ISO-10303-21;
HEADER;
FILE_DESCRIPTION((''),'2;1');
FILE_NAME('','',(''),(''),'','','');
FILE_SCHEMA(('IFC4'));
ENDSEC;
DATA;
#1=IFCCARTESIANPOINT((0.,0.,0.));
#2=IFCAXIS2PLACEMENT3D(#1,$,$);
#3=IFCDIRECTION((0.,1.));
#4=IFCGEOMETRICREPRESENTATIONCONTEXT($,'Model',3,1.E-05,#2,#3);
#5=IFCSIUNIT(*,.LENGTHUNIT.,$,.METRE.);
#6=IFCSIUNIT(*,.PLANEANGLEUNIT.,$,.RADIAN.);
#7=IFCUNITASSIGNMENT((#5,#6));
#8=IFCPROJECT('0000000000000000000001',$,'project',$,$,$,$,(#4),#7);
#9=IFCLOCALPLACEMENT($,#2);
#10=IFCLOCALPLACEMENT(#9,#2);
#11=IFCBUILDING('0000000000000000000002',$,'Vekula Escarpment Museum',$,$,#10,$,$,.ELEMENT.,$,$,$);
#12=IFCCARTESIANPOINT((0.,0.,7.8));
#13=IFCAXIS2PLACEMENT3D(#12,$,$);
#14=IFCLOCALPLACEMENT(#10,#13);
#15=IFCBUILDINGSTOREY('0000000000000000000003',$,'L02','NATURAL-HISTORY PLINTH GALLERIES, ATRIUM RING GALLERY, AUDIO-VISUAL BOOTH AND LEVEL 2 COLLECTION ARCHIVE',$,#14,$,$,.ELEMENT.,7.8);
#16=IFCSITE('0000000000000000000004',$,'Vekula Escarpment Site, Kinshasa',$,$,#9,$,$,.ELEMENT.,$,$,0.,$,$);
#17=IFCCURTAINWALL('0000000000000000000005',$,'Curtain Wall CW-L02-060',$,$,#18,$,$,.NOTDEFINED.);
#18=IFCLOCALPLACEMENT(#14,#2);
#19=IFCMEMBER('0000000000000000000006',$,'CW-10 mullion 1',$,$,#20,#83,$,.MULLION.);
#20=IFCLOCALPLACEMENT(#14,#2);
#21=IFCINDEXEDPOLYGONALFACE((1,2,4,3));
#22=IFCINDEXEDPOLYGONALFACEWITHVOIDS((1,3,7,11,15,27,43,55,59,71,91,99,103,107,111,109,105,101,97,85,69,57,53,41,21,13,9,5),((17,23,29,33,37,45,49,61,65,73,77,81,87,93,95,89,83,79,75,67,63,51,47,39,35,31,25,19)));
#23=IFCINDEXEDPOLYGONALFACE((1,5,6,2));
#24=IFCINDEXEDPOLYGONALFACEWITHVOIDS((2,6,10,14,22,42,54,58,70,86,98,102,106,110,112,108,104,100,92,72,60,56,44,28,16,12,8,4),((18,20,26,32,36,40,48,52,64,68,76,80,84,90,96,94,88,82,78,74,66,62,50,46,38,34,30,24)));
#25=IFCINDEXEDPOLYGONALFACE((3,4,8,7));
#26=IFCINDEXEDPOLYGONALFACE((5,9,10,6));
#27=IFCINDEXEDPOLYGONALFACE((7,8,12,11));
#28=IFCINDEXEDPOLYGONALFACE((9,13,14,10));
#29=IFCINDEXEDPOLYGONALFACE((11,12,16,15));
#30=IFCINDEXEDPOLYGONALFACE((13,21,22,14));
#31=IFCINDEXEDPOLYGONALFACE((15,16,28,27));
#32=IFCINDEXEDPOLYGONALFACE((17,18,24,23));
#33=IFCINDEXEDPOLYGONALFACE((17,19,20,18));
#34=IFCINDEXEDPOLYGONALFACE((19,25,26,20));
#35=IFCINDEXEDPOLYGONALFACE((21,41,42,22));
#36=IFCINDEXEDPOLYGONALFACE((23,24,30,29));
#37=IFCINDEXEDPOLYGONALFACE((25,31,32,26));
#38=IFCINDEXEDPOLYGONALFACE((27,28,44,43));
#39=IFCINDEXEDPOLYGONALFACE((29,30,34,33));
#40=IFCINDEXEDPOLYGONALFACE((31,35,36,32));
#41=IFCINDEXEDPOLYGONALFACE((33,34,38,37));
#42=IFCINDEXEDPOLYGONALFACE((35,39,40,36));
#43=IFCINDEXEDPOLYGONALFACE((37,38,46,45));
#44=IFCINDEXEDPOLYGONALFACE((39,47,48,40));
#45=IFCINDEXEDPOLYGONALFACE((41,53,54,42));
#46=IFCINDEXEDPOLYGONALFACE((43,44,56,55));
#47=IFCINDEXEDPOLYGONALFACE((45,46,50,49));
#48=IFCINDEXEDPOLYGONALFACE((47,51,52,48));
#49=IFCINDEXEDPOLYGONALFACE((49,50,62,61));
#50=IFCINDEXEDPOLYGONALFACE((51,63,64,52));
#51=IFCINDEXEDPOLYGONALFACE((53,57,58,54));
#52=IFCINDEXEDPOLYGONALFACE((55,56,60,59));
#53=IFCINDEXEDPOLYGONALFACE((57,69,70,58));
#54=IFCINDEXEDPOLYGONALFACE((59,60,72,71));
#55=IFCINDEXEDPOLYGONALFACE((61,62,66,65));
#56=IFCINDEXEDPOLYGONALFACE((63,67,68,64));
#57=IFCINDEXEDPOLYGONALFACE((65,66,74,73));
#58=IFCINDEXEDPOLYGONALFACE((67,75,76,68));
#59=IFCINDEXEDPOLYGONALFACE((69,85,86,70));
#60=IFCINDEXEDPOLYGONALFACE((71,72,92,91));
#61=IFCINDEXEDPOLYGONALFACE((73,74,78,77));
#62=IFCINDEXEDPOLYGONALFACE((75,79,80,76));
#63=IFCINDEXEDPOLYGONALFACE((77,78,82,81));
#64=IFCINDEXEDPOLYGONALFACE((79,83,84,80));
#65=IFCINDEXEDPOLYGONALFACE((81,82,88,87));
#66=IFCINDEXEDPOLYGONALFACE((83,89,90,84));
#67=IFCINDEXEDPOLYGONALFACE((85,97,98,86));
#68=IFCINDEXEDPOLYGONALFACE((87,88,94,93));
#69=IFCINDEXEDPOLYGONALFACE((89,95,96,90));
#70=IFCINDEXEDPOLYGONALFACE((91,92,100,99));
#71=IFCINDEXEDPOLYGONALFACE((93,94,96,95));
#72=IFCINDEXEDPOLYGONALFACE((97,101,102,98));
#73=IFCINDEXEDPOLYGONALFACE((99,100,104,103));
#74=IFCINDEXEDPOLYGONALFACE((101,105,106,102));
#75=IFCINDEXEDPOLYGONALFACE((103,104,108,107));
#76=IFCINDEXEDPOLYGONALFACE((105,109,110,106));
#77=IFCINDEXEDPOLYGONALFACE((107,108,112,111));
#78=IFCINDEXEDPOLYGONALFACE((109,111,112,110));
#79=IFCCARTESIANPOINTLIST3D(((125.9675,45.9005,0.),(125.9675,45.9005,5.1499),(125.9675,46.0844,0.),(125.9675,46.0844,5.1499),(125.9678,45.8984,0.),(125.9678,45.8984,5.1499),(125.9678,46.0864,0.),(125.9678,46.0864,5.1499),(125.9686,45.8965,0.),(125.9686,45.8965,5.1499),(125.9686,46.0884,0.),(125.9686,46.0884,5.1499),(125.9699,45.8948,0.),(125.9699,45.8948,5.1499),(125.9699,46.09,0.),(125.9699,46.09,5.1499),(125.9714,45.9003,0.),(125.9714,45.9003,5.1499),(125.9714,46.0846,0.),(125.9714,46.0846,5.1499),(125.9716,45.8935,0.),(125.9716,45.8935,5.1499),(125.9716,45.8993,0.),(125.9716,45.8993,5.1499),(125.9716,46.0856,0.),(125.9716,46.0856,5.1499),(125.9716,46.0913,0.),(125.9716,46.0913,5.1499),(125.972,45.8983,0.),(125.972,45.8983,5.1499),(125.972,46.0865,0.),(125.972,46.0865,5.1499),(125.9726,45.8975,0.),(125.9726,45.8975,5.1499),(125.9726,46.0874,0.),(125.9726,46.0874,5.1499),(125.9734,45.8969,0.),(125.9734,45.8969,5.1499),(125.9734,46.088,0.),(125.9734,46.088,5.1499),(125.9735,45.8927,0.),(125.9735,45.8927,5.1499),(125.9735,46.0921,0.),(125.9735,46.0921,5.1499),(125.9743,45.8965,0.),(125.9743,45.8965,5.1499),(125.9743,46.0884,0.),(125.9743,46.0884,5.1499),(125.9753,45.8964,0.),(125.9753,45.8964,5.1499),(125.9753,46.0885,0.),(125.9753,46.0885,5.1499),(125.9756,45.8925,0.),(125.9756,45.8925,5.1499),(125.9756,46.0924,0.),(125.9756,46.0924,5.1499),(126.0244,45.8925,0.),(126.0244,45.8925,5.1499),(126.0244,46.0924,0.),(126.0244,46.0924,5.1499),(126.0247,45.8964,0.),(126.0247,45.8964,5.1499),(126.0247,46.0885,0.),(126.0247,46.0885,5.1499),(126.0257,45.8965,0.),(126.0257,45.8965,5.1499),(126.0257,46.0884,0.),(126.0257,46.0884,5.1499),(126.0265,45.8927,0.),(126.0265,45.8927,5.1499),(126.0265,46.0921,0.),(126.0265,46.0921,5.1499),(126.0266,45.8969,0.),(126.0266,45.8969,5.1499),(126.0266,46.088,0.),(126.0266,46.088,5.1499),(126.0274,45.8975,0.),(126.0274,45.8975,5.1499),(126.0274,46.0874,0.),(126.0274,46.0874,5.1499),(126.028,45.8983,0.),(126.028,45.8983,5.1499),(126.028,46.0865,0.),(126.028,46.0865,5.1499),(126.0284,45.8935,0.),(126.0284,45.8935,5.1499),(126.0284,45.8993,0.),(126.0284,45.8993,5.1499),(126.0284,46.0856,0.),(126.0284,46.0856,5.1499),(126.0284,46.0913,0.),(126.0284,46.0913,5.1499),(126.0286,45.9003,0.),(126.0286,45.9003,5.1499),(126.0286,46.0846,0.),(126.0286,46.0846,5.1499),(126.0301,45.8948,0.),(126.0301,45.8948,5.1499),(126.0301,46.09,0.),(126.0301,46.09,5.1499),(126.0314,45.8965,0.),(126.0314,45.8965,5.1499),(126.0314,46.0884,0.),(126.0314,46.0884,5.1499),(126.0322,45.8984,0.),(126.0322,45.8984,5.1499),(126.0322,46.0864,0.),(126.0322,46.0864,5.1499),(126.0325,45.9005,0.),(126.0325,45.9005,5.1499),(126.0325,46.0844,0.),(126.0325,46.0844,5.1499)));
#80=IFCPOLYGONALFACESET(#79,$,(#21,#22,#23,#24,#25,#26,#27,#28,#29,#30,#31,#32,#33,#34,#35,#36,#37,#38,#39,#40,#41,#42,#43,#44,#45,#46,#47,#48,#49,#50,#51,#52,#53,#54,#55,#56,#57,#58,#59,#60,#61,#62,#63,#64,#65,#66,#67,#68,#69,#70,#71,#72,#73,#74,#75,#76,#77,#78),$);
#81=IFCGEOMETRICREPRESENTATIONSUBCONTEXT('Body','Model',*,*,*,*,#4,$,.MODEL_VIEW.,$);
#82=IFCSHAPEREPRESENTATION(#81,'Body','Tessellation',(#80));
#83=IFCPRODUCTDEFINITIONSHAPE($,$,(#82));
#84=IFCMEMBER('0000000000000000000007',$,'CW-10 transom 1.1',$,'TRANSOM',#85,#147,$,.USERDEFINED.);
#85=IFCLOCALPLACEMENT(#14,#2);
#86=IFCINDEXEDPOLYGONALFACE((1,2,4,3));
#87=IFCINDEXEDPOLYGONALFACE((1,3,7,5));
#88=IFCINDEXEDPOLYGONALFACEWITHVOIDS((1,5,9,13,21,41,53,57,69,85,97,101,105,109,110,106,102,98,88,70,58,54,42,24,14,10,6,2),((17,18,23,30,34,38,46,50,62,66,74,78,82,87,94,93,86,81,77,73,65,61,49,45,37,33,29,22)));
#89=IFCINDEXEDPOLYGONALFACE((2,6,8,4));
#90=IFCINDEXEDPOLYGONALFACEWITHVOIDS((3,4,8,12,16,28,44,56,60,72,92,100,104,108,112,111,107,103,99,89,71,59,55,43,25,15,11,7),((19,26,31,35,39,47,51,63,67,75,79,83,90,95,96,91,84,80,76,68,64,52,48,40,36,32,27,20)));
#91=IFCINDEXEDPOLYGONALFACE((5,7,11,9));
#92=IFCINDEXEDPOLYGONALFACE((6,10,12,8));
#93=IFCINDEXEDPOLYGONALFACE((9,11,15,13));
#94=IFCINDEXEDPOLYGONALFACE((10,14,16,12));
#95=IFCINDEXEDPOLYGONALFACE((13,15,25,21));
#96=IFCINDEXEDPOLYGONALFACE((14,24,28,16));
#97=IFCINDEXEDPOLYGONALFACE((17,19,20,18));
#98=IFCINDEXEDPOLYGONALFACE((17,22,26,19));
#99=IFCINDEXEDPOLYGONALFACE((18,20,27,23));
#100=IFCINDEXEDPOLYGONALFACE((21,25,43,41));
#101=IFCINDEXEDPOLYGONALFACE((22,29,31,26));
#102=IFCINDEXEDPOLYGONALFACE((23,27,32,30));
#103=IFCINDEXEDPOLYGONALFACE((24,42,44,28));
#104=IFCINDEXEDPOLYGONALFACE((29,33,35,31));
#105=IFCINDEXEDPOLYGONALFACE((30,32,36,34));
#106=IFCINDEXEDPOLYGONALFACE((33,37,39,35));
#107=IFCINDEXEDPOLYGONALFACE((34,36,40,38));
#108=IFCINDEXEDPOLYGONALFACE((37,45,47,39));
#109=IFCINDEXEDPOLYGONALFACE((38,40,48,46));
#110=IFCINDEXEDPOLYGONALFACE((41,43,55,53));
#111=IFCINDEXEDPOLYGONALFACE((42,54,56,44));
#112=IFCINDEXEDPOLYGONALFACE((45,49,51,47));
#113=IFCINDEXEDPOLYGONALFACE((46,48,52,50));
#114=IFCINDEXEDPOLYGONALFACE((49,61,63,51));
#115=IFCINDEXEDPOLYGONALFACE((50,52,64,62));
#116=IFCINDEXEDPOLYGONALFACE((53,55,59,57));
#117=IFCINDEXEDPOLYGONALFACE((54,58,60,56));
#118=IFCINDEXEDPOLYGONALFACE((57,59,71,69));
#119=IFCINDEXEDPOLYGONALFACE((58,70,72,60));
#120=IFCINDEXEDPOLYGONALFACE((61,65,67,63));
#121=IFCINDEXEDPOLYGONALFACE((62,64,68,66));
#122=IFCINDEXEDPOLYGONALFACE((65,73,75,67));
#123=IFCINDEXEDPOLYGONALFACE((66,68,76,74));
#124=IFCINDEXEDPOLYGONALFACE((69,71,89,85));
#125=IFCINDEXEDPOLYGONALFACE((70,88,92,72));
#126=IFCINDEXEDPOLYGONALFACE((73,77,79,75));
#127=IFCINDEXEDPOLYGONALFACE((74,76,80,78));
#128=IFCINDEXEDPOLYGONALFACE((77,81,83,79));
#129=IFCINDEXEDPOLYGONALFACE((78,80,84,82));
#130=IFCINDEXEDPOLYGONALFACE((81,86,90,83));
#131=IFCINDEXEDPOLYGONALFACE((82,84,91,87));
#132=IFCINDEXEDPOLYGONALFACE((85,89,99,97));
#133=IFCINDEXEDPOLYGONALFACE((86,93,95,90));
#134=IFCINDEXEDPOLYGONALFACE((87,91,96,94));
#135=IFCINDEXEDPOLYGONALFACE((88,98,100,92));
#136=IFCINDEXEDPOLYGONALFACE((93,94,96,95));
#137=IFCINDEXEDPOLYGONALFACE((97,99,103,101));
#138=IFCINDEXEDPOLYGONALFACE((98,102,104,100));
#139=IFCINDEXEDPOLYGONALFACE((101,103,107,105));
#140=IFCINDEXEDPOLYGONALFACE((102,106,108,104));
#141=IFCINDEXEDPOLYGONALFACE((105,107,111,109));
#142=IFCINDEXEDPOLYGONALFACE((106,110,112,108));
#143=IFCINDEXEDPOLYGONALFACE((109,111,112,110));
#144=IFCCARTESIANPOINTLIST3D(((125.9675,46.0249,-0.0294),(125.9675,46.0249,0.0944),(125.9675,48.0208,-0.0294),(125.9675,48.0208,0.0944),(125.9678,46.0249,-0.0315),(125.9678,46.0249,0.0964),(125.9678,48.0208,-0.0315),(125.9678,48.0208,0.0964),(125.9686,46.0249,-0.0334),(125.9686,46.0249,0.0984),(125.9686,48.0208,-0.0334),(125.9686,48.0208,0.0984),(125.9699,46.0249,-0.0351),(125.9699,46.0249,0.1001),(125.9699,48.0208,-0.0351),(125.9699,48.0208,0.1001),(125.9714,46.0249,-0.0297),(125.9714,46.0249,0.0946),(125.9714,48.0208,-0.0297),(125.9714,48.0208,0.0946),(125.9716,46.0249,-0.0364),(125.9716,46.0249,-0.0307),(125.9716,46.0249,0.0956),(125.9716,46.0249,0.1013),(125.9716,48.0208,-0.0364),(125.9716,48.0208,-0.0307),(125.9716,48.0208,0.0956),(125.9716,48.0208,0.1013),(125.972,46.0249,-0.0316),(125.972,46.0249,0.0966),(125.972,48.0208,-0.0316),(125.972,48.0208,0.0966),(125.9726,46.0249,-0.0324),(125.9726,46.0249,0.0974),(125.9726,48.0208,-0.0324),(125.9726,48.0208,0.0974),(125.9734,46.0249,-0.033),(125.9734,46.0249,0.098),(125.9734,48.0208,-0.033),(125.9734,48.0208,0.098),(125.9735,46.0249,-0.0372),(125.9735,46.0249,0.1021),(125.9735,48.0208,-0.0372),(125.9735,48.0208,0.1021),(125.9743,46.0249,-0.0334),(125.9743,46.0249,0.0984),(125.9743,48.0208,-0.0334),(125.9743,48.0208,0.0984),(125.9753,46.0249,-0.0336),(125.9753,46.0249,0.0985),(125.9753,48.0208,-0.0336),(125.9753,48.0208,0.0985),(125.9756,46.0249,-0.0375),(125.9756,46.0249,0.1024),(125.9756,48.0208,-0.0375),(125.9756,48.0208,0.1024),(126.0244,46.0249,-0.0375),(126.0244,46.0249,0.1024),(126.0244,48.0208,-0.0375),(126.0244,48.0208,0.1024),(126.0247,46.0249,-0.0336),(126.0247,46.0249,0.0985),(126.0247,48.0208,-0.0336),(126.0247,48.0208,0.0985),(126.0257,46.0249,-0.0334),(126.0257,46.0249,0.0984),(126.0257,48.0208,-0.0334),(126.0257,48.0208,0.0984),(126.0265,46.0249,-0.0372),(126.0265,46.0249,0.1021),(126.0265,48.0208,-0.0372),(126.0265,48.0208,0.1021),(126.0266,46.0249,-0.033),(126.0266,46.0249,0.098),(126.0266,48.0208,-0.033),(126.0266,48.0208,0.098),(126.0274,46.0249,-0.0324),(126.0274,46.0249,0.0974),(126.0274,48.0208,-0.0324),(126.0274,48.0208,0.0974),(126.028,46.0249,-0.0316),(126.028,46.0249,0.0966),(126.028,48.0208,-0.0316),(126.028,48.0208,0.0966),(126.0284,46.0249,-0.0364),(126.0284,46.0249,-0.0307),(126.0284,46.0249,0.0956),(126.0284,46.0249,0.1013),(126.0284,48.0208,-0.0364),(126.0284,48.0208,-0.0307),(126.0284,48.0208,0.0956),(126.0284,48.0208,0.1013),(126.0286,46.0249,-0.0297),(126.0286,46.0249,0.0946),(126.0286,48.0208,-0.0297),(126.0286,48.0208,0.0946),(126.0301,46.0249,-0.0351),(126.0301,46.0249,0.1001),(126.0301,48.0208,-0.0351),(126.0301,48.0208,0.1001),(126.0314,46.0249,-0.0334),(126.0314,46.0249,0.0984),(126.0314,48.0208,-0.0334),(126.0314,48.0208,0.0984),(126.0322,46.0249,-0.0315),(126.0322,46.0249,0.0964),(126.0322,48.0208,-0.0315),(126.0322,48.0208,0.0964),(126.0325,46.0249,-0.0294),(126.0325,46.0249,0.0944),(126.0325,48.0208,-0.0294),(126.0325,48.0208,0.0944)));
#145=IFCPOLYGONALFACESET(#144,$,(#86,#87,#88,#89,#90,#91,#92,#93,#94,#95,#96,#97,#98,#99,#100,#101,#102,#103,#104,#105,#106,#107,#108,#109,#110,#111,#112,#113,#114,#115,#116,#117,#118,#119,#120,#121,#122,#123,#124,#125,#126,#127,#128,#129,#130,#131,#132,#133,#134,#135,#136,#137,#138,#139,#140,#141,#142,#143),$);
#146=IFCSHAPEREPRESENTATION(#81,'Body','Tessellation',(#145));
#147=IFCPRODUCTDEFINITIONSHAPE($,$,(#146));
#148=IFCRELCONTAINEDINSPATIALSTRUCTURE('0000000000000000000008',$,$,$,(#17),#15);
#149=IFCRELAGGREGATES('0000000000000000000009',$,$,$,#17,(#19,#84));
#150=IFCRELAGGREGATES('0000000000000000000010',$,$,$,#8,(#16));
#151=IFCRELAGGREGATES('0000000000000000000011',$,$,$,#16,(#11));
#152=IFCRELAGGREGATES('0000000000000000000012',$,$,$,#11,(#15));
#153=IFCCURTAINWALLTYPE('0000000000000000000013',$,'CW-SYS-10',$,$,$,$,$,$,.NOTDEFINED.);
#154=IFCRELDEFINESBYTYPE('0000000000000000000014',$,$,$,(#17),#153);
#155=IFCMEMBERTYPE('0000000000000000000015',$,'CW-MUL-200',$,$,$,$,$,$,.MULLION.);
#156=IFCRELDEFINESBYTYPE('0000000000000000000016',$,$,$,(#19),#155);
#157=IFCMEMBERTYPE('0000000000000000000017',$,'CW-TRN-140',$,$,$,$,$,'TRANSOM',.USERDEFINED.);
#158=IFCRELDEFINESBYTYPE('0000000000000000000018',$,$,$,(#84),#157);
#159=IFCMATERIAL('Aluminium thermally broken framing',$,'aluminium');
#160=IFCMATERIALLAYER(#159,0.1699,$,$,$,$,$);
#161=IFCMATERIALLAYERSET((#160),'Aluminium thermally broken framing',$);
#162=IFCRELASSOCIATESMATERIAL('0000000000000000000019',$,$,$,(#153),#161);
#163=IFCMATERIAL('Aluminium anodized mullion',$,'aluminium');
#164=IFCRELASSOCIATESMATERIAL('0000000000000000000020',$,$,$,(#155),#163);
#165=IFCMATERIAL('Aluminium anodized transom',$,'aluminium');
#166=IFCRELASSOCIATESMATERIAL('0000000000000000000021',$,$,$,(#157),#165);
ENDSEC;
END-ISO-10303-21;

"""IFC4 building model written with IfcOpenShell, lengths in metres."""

from ifc_helpers import new_model, si_unit, direction, frame, origin, origin_2d, place, context, subcontext, project, spatial, hollow_rectangle, extrude, material, layer, layer_set, material_profile, profile_set, type_object, element, aggregate, save


model = new_model("IFC4")

# Units and contexts
model_context = context("Model", 3, precision=1e-05, world=origin(), true_north=direction((0.0, 1.0)))
body_context = subcontext(model_context, "Body", "Model", "MODEL_VIEW")
ifc_project = project(units=[si_unit("LENGTHUNIT", "METRE"), si_unit("PLANEANGLEUNIT", "RADIAN")], contexts=[model_context])

# Site, building, storey
site_placement = place(None, origin())
site = spatial("IfcSite", under=ifc_project, at=site_placement, Name="Vekula Escarpment Site, Kinshasa", CompositionType="ELEMENT", RefElevation=0.0)
building_placement = place(site_placement, origin())
building = spatial("IfcBuilding", under=site, at=building_placement, Name="Vekula Escarpment Museum", CompositionType="ELEMENT")
storey_placement = place(building_placement, frame((0.0, 0.0, 7.8)))
storey = spatial("IfcBuildingStorey", under=building, at=storey_placement, Name="L02", Description="NATURAL-HISTORY PLINTH GALLERIES, ATRIUM RING GALLERY, AUDIO-VISUAL BOOTH AND LEVEL 2 COLLECTION ARCHIVE", CompositionType="ELEMENT", Elevation=7.8)

# Curtain wall, members
ifc_material_1 = material(Name="Aluminium thermally broken framing", Category="aluminium")
ifc_layer_1 = layer(ifc_material_1, 0.1699)
ifc_layer_set_1 = layer_set([ifc_layer_1], Name="Aluminium thermally broken framing")
curtain_wall_type = type_object("IfcCurtainWallType", Name="CW-SYS-10", PredefinedType="NOTDEFINED", material=ifc_layer_set_1)
curtain_wall_placement = place(storey_placement, origin())
curtain_wall = element("IfcCurtainWall", 1, at=curtain_wall_placement, inside=storey, type_object=curtain_wall_type, Name="Curtain Wall CW-L02-060", PredefinedType="NOTDEFINED")
ifc_material_2 = material(Name="Aluminium anodized mullion", Category="aluminium")
ifc_material_profile_1 = material_profile(ifc_material_2, hollow_rectangle(XDim=0.0649, YDim=0.2, WallThickness=0.0039, InnerFilletRadius=0.0039, OuterFilletRadius=0.0081, at=origin_2d()), Name="ALU 200x65x4")
ifc_profile_set_1 = profile_set([ifc_material_profile_1], Name="Aluminium anodized mullion")
member_type_1 = type_object("IfcMemberType", Name="CW-MUL-200", PredefinedType="MULLION", material=ifc_profile_set_1)
member_1_placement = place(storey_placement, frame((126.0, 45.9924, 0.0), z_axis=(0.0, 0.0, 1.0), x_axis=(-1.0, 0.0, 0.0)))
member_1 = element("IfcMember", 2, at=member_1_placement, type_object=member_type_1, Name="CW-10 mullion 1", PredefinedType="MULLION", context=body_context, shape_type="SweptSolid", body=[
    extrude(hollow_rectangle(XDim=0.0649, YDim=0.2, WallThickness=0.0039, InnerFilletRadius=0.0039, OuterFilletRadius=0.0081, at=origin_2d()), origin(), (0.0, 0.0, 1.0), 5.1499),
])
ifc_material_3 = material(Name="Aluminium anodized transom", Category="aluminium")
ifc_material_profile_2 = material_profile(ifc_material_3, hollow_rectangle(XDim=0.0649, YDim=0.1399, WallThickness=0.0039, InnerFilletRadius=0.0039, OuterFilletRadius=0.0081, at=origin_2d()), Name="ALU 140x65x4")
ifc_profile_set_2 = profile_set([ifc_material_profile_2], Name="Aluminium anodized transom")
member_type_2 = type_object("IfcMemberType", Name="CW-TRN-140", ElementType="TRANSOM", PredefinedType="USERDEFINED", material=ifc_profile_set_2)
member_2_placement = place(storey_placement, frame((126.0, 46.0249, 0.0325), z_axis=(0.0, 1.0, 0.0), x_axis=(-1.0, 0.0, 0.0)))
member_2 = element("IfcMember", 3, at=member_2_placement, type_object=member_type_2, Name="CW-10 transom 1.1", ObjectType="TRANSOM", PredefinedType="USERDEFINED", context=body_context, shape_type="SweptSolid", body=[
    extrude(hollow_rectangle(XDim=0.0649, YDim=0.1399, WallThickness=0.0039, InnerFilletRadius=0.0039, OuterFilletRadius=0.0081, at=origin_2d()), origin(), (0.0, 0.0, 1.0), 1.9958),
])
aggregate(curtain_wall, [member_1, member_2])

save(model, "model.ifc")
